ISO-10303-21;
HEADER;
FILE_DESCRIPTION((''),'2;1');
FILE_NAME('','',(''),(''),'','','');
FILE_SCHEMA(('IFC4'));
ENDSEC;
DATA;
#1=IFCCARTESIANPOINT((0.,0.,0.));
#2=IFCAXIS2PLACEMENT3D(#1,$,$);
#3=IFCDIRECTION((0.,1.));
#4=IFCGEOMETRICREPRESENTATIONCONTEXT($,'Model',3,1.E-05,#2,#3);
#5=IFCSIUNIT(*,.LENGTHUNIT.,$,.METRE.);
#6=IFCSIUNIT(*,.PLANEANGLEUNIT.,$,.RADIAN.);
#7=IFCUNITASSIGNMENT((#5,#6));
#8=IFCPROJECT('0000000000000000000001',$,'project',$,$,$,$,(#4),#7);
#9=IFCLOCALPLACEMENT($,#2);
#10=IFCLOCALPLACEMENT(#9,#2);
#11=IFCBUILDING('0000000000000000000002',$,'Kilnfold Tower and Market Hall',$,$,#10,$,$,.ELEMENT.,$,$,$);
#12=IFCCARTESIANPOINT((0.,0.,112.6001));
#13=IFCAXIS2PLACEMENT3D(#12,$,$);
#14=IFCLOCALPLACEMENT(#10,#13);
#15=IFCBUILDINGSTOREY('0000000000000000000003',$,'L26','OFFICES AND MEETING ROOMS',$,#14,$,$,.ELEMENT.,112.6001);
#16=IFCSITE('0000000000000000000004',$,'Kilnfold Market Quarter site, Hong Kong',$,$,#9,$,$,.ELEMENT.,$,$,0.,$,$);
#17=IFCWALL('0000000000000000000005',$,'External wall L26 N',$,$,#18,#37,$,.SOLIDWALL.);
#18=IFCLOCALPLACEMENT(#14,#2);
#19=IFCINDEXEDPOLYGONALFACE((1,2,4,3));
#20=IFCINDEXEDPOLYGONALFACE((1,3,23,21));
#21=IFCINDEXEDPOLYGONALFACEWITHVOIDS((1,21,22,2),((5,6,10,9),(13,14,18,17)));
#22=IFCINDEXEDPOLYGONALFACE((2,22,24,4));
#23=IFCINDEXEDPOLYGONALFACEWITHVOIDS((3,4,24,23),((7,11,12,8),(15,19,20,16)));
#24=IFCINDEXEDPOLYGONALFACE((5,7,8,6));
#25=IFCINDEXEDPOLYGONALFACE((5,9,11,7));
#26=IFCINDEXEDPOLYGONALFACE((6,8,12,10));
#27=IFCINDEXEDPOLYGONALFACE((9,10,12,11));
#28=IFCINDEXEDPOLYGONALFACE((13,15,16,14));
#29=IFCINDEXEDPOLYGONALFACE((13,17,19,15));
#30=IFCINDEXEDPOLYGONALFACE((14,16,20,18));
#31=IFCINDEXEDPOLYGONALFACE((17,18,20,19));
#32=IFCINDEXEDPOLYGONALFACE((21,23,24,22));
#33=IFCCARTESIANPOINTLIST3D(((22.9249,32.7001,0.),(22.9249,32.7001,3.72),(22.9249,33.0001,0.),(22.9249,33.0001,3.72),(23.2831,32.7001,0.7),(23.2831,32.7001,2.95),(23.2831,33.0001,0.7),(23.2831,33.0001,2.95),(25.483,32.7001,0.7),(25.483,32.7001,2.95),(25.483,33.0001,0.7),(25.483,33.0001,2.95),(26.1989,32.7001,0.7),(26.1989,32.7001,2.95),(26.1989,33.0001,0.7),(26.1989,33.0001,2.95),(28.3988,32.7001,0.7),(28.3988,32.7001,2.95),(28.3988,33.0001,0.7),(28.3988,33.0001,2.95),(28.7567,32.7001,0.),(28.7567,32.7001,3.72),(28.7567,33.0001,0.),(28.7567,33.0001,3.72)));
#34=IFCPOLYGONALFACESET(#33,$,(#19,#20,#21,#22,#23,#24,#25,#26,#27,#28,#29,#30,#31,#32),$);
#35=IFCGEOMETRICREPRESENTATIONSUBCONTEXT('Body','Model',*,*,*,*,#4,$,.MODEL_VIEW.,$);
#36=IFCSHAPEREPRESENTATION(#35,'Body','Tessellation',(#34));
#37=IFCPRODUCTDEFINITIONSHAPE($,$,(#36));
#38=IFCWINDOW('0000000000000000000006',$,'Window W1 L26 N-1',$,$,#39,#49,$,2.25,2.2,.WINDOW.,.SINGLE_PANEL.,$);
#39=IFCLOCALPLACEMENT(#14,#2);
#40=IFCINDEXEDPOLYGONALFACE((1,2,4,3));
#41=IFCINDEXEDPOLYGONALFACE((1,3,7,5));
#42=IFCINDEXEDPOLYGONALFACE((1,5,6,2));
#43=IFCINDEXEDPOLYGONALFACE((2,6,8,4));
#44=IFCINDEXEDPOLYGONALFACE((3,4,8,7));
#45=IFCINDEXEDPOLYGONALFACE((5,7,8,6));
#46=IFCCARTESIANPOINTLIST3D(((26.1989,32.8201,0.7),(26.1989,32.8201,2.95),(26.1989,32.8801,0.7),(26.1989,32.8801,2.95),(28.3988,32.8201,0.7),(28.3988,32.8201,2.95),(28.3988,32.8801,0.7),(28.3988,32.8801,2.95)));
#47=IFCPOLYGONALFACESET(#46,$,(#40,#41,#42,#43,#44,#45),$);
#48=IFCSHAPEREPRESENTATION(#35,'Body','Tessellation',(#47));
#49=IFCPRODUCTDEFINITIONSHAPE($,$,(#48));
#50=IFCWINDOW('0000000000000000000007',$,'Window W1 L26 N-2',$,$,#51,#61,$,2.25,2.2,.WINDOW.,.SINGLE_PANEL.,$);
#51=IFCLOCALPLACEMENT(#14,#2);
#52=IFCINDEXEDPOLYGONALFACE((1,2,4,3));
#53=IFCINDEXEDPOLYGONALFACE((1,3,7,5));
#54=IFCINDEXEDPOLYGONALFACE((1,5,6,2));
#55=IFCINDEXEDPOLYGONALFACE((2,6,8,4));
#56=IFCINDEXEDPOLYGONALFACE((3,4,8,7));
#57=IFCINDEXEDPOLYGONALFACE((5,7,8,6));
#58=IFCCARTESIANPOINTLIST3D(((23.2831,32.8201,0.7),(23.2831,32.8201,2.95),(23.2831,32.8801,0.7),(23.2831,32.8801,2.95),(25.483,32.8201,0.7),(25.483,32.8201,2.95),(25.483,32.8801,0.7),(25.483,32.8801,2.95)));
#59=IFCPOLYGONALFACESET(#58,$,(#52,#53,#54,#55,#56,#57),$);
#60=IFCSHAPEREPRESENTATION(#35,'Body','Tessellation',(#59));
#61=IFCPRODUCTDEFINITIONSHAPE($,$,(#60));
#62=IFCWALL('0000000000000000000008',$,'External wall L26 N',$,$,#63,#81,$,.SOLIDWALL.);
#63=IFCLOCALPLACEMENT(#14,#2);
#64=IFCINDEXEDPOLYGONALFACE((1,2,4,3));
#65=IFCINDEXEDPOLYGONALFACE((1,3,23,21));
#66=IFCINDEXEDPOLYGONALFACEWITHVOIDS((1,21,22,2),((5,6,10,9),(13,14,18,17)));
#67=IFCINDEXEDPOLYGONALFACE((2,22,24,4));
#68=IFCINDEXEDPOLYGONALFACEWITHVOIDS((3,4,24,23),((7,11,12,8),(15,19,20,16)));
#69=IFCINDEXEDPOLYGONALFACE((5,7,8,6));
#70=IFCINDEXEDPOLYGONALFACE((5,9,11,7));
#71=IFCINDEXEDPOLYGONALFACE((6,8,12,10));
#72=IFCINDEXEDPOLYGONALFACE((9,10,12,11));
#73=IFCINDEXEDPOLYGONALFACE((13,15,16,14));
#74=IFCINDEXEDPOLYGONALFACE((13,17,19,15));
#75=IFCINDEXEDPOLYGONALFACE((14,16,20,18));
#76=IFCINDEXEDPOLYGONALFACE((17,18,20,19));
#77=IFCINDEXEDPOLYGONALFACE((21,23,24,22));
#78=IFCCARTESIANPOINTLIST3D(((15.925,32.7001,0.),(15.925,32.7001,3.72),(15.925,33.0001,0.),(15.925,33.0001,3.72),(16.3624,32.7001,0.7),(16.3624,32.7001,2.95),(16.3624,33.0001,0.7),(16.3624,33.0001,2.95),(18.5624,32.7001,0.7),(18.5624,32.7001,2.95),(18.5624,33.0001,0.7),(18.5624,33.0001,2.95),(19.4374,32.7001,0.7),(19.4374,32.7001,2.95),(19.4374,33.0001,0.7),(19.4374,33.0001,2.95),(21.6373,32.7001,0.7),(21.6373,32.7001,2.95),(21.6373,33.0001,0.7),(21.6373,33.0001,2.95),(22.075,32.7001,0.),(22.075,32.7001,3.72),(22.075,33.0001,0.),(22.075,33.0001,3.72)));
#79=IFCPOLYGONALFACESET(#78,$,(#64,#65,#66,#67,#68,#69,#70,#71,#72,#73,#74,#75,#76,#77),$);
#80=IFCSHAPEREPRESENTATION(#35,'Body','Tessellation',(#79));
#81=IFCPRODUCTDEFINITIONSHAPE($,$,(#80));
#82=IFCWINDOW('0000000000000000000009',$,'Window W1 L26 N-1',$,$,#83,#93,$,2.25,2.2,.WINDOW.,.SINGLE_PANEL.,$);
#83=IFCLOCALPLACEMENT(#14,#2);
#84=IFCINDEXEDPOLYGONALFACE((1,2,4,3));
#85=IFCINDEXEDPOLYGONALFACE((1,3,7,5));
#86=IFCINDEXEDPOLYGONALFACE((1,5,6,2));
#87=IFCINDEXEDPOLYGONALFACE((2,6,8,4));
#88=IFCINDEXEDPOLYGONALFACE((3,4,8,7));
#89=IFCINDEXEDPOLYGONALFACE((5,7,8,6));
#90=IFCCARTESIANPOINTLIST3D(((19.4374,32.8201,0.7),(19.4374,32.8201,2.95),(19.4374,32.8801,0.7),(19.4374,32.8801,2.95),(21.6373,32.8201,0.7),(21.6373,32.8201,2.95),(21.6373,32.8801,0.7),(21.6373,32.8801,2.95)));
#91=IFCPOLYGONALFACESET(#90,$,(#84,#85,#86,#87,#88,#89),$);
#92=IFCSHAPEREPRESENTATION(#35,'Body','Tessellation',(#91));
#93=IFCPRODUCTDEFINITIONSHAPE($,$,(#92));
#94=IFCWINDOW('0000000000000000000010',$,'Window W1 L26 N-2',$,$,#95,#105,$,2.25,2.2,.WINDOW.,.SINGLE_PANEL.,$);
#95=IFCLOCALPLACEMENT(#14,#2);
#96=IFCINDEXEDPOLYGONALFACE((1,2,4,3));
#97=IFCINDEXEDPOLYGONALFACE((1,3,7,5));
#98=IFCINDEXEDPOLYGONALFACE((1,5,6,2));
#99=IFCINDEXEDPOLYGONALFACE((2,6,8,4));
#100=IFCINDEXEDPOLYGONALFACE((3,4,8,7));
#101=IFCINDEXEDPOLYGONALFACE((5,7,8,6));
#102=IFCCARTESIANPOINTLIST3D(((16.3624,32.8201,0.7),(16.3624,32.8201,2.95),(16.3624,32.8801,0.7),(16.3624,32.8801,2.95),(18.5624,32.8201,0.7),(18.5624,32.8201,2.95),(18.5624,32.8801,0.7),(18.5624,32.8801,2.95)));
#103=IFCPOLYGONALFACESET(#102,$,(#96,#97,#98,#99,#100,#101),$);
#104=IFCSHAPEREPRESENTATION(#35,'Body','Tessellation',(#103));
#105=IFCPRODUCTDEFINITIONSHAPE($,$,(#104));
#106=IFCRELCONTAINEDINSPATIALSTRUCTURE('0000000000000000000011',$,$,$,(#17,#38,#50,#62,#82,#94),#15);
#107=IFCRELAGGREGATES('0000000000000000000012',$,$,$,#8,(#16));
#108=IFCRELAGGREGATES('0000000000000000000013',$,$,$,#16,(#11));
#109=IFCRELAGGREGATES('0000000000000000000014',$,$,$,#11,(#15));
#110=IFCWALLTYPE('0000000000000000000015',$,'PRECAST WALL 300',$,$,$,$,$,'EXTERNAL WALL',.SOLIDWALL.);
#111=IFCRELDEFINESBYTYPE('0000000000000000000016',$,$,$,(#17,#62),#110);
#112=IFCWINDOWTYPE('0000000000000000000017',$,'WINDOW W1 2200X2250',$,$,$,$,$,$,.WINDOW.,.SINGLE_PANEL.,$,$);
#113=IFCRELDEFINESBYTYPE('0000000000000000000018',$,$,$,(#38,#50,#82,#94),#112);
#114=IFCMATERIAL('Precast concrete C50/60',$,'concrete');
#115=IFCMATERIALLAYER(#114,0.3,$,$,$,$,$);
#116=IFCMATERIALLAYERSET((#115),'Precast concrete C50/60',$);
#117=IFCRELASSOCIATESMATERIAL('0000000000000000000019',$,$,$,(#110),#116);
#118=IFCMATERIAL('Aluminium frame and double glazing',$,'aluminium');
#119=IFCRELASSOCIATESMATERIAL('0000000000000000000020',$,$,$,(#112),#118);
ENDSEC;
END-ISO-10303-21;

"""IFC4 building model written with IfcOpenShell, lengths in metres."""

from ifc_helpers import new_model, si_unit, direction, frame, frame_2d, origin, place, context, subcontext, project, spatial, rectangle, extrude, source, transform, mapped, material, layer, layer_set, type_object, element, fill, save


model = new_model("IFC4")

# Units and contexts
model_context = context("Model", 3, precision=1e-05, world=origin(), true_north=direction((0.0, 1.0)))
body_context = subcontext(model_context, "Body", "Model", "MODEL_VIEW")
ifc_project = project(units=[si_unit("LENGTHUNIT", "METRE"), si_unit("PLANEANGLEUNIT", "RADIAN")], contexts=[model_context])

# Site, building, storey
site_placement = place(None, origin())
site = spatial("IfcSite", under=ifc_project, at=site_placement, Name="Kilnfold Market Quarter site, Hong Kong", CompositionType="ELEMENT", RefElevation=0.0)
building_placement = place(site_placement, origin())
building = spatial("IfcBuilding", under=site, at=building_placement, Name="Kilnfold Tower and Market Hall", CompositionType="ELEMENT")
storey_placement = place(building_placement, frame((0.0, 0.0, 112.6001)))
storey = spatial("IfcBuildingStorey", under=building, at=storey_placement, Name="L26", Description="OFFICES AND MEETING ROOMS", CompositionType="ELEMENT", Elevation=112.6001)

# Shared definitions
ifc_material_1 = material(Name="Precast concrete C50/60", Category="concrete")
ifc_layer_1 = layer(ifc_material_1, 0.3)
ifc_layer_set_1 = layer_set([ifc_layer_1], Name="Precast concrete C50/60")
wall_type_1 = type_object("IfcWallType", Name="PRECAST WALL 300", ElementType="EXTERNAL WALL", PredefinedType="SOLIDWALL", material=ifc_layer_set_1)
ifc_material_2 = material(Name="Aluminium frame and double glazing", Category="aluminium")
window_type = type_object("IfcWindowType", Name="WINDOW W1 2200X2250", PartitioningType="SINGLE_PANEL", PredefinedType="WINDOW", material=ifc_material_2)

# Walls, openings, windows
shared_shape_1 = source(origin(), body_context, "Body", "SweptSolid", [
    extrude(rectangle(XDim=5.8318, YDim=0.3, at=frame_2d((2.916, 0.0))), origin(), (0.0, 0.0, 1.0), 3.72),
])
wall_1_placement = place(storey_placement, frame((28.7568, 32.8501, 0.0), z_axis=(0.0, 0.0, 1.0), x_axis=(-1.0, 0.0, 0.0)))
wall_1 = element("IfcWall", 1, at=wall_1_placement, inside=storey, type_object=wall_type_1, Name="External wall L26 N", PredefinedType="SOLIDWALL", context=body_context, shape_type="MappedRepresentation", body=[
    mapped(shared_shape_1, transform((0.0, 0.0, 0.0))),
])
opening_1_placement = place(wall_1_placement, frame((0.3579, 0.0, 0.7)))
opening_1 = element("IfcOpeningElement", 2, at=opening_1_placement, cuts=wall_1, PredefinedType="OPENING", context=body_context, shape_type="SweptSolid", body=[
    extrude(rectangle(XDim=2.2, YDim=2.25, at=frame_2d((1.1001, 1.125))), frame((0.0, 0.1602, 0.0), z_axis=(0.0, -1.0, 0.0), x_axis=(1.0, 0.0, 0.0)), (0.0, 0.0, 1.0), 0.3201),
])
opening_2_placement = place(wall_1_placement, frame((3.2737, 0.0, 0.7)))
opening_2 = element("IfcOpeningElement", 3, at=opening_2_placement, cuts=wall_1, PredefinedType="OPENING", context=body_context, shape_type="SweptSolid", body=[
    extrude(rectangle(XDim=2.2, YDim=2.25, at=frame_2d((1.1001, 1.125))), frame((0.0, 0.1602, 0.0), z_axis=(0.0, -1.0, 0.0), x_axis=(1.0, 0.0, 0.0)), (0.0, 0.0, 1.0), 0.3201),
])
window_1_placement = place(opening_1_placement, origin())
window_1 = element("IfcWindow", 4, at=window_1_placement, inside=storey, type_object=window_type, Name="Window W1 L26 N-1", OverallHeight=2.25, OverallWidth=2.2, PartitioningType="SINGLE_PANEL", PredefinedType="WINDOW", context=body_context, shape_type="SweptSolid", body=[
    extrude(rectangle(XDim=2.2, YDim=2.25, at=frame_2d((1.1001, 1.125))), frame((0.0, 0.03, 0.0), z_axis=(0.0, -1.0, 0.0), x_axis=(1.0, 0.0, 0.0)), (0.0, 0.0, 1.0), 0.0601),
])
fill(opening_1, window_1)
window_2_placement = place(opening_2_placement, origin())
window_2 = element("IfcWindow", 5, at=window_2_placement, inside=storey, type_object=window_type, Name="Window W1 L26 N-2", OverallHeight=2.25, OverallWidth=2.2, PartitioningType="SINGLE_PANEL", PredefinedType="WINDOW", context=body_context, shape_type="SweptSolid", body=[
    extrude(rectangle(XDim=2.2, YDim=2.25, at=frame_2d((1.1001, 1.125))), frame((0.0, 0.03, 0.0), z_axis=(0.0, -1.0, 0.0), x_axis=(1.0, 0.0, 0.0)), (0.0, 0.0, 1.0), 0.0601),
])
fill(opening_2, window_2)
shared_shape_2 = source(origin(), body_context, "Body", "SweptSolid", [
    extrude(rectangle(XDim=6.1499, YDim=0.3, at=frame_2d((3.075, 0.0))), origin(), (0.0, 0.0, 1.0), 3.72),
])
wall_2_placement = place(storey_placement, frame((22.075, 32.8501, 0.0), z_axis=(0.0, 0.0, 1.0), x_axis=(-1.0, 0.0, 0.0)))
wall_2 = element("IfcWall", 6, at=wall_2_placement, inside=storey, type_object=wall_type_1, Name="External wall L26 N", PredefinedType="SOLIDWALL", context=body_context, shape_type="MappedRepresentation", body=[
    mapped(shared_shape_2, transform((0.0, 0.0, 0.0))),
])
opening_3_placement = place(wall_2_placement, frame((0.4375, 0.0, 0.7)))
opening_3 = element("IfcOpeningElement", 7, at=opening_3_placement, cuts=wall_2, PredefinedType="OPENING", context=body_context, shape_type="SweptSolid", body=[
    extrude(rectangle(XDim=2.2, YDim=2.25, at=frame_2d((1.1001, 1.125))), frame((0.0, 0.1602, 0.0), z_axis=(0.0, -1.0, 0.0), x_axis=(1.0, 0.0, 0.0)), (0.0, 0.0, 1.0), 0.3201),
])
opening_4_placement = place(wall_2_placement, frame((3.5125, 0.0, 0.7)))
opening_4 = element("IfcOpeningElement", 8, at=opening_4_placement, cuts=wall_2, PredefinedType="OPENING", context=body_context, shape_type="SweptSolid", body=[
    extrude(rectangle(XDim=2.2, YDim=2.25, at=frame_2d((1.1001, 1.125))), frame((0.0, 0.1602, 0.0), z_axis=(0.0, -1.0, 0.0), x_axis=(1.0, 0.0, 0.0)), (0.0, 0.0, 1.0), 0.3201),
])
window_3_placement = place(opening_3_placement, origin())
window_3 = element("IfcWindow", 9, at=window_3_placement, inside=storey, type_object=window_type, Name="Window W1 L26 N-1", OverallHeight=2.25, OverallWidth=2.2, PartitioningType="SINGLE_PANEL", PredefinedType="WINDOW", context=body_context, shape_type="SweptSolid", body=[
    extrude(rectangle(XDim=2.2, YDim=2.25, at=frame_2d((1.1001, 1.125))), frame((0.0, 0.03, 0.0), z_axis=(0.0, -1.0, 0.0), x_axis=(1.0, 0.0, 0.0)), (0.0, 0.0, 1.0), 0.0601),
])
fill(opening_3, window_3)
window_4_placement = place(opening_4_placement, origin())
window_4 = element("IfcWindow", 10, at=window_4_placement, inside=storey, type_object=window_type, Name="Window W1 L26 N-2", OverallHeight=2.25, OverallWidth=2.2, PartitioningType="SINGLE_PANEL", PredefinedType="WINDOW", context=body_context, shape_type="SweptSolid", body=[
    extrude(rectangle(XDim=2.2, YDim=2.25, at=frame_2d((1.1001, 1.125))), frame((0.0, 0.03, 0.0), z_axis=(0.0, -1.0, 0.0), x_axis=(1.0, 0.0, 0.0)), (0.0, 0.0, 1.0), 0.0601),
])
fill(opening_4, window_4)

save(model, "model.ifc")
